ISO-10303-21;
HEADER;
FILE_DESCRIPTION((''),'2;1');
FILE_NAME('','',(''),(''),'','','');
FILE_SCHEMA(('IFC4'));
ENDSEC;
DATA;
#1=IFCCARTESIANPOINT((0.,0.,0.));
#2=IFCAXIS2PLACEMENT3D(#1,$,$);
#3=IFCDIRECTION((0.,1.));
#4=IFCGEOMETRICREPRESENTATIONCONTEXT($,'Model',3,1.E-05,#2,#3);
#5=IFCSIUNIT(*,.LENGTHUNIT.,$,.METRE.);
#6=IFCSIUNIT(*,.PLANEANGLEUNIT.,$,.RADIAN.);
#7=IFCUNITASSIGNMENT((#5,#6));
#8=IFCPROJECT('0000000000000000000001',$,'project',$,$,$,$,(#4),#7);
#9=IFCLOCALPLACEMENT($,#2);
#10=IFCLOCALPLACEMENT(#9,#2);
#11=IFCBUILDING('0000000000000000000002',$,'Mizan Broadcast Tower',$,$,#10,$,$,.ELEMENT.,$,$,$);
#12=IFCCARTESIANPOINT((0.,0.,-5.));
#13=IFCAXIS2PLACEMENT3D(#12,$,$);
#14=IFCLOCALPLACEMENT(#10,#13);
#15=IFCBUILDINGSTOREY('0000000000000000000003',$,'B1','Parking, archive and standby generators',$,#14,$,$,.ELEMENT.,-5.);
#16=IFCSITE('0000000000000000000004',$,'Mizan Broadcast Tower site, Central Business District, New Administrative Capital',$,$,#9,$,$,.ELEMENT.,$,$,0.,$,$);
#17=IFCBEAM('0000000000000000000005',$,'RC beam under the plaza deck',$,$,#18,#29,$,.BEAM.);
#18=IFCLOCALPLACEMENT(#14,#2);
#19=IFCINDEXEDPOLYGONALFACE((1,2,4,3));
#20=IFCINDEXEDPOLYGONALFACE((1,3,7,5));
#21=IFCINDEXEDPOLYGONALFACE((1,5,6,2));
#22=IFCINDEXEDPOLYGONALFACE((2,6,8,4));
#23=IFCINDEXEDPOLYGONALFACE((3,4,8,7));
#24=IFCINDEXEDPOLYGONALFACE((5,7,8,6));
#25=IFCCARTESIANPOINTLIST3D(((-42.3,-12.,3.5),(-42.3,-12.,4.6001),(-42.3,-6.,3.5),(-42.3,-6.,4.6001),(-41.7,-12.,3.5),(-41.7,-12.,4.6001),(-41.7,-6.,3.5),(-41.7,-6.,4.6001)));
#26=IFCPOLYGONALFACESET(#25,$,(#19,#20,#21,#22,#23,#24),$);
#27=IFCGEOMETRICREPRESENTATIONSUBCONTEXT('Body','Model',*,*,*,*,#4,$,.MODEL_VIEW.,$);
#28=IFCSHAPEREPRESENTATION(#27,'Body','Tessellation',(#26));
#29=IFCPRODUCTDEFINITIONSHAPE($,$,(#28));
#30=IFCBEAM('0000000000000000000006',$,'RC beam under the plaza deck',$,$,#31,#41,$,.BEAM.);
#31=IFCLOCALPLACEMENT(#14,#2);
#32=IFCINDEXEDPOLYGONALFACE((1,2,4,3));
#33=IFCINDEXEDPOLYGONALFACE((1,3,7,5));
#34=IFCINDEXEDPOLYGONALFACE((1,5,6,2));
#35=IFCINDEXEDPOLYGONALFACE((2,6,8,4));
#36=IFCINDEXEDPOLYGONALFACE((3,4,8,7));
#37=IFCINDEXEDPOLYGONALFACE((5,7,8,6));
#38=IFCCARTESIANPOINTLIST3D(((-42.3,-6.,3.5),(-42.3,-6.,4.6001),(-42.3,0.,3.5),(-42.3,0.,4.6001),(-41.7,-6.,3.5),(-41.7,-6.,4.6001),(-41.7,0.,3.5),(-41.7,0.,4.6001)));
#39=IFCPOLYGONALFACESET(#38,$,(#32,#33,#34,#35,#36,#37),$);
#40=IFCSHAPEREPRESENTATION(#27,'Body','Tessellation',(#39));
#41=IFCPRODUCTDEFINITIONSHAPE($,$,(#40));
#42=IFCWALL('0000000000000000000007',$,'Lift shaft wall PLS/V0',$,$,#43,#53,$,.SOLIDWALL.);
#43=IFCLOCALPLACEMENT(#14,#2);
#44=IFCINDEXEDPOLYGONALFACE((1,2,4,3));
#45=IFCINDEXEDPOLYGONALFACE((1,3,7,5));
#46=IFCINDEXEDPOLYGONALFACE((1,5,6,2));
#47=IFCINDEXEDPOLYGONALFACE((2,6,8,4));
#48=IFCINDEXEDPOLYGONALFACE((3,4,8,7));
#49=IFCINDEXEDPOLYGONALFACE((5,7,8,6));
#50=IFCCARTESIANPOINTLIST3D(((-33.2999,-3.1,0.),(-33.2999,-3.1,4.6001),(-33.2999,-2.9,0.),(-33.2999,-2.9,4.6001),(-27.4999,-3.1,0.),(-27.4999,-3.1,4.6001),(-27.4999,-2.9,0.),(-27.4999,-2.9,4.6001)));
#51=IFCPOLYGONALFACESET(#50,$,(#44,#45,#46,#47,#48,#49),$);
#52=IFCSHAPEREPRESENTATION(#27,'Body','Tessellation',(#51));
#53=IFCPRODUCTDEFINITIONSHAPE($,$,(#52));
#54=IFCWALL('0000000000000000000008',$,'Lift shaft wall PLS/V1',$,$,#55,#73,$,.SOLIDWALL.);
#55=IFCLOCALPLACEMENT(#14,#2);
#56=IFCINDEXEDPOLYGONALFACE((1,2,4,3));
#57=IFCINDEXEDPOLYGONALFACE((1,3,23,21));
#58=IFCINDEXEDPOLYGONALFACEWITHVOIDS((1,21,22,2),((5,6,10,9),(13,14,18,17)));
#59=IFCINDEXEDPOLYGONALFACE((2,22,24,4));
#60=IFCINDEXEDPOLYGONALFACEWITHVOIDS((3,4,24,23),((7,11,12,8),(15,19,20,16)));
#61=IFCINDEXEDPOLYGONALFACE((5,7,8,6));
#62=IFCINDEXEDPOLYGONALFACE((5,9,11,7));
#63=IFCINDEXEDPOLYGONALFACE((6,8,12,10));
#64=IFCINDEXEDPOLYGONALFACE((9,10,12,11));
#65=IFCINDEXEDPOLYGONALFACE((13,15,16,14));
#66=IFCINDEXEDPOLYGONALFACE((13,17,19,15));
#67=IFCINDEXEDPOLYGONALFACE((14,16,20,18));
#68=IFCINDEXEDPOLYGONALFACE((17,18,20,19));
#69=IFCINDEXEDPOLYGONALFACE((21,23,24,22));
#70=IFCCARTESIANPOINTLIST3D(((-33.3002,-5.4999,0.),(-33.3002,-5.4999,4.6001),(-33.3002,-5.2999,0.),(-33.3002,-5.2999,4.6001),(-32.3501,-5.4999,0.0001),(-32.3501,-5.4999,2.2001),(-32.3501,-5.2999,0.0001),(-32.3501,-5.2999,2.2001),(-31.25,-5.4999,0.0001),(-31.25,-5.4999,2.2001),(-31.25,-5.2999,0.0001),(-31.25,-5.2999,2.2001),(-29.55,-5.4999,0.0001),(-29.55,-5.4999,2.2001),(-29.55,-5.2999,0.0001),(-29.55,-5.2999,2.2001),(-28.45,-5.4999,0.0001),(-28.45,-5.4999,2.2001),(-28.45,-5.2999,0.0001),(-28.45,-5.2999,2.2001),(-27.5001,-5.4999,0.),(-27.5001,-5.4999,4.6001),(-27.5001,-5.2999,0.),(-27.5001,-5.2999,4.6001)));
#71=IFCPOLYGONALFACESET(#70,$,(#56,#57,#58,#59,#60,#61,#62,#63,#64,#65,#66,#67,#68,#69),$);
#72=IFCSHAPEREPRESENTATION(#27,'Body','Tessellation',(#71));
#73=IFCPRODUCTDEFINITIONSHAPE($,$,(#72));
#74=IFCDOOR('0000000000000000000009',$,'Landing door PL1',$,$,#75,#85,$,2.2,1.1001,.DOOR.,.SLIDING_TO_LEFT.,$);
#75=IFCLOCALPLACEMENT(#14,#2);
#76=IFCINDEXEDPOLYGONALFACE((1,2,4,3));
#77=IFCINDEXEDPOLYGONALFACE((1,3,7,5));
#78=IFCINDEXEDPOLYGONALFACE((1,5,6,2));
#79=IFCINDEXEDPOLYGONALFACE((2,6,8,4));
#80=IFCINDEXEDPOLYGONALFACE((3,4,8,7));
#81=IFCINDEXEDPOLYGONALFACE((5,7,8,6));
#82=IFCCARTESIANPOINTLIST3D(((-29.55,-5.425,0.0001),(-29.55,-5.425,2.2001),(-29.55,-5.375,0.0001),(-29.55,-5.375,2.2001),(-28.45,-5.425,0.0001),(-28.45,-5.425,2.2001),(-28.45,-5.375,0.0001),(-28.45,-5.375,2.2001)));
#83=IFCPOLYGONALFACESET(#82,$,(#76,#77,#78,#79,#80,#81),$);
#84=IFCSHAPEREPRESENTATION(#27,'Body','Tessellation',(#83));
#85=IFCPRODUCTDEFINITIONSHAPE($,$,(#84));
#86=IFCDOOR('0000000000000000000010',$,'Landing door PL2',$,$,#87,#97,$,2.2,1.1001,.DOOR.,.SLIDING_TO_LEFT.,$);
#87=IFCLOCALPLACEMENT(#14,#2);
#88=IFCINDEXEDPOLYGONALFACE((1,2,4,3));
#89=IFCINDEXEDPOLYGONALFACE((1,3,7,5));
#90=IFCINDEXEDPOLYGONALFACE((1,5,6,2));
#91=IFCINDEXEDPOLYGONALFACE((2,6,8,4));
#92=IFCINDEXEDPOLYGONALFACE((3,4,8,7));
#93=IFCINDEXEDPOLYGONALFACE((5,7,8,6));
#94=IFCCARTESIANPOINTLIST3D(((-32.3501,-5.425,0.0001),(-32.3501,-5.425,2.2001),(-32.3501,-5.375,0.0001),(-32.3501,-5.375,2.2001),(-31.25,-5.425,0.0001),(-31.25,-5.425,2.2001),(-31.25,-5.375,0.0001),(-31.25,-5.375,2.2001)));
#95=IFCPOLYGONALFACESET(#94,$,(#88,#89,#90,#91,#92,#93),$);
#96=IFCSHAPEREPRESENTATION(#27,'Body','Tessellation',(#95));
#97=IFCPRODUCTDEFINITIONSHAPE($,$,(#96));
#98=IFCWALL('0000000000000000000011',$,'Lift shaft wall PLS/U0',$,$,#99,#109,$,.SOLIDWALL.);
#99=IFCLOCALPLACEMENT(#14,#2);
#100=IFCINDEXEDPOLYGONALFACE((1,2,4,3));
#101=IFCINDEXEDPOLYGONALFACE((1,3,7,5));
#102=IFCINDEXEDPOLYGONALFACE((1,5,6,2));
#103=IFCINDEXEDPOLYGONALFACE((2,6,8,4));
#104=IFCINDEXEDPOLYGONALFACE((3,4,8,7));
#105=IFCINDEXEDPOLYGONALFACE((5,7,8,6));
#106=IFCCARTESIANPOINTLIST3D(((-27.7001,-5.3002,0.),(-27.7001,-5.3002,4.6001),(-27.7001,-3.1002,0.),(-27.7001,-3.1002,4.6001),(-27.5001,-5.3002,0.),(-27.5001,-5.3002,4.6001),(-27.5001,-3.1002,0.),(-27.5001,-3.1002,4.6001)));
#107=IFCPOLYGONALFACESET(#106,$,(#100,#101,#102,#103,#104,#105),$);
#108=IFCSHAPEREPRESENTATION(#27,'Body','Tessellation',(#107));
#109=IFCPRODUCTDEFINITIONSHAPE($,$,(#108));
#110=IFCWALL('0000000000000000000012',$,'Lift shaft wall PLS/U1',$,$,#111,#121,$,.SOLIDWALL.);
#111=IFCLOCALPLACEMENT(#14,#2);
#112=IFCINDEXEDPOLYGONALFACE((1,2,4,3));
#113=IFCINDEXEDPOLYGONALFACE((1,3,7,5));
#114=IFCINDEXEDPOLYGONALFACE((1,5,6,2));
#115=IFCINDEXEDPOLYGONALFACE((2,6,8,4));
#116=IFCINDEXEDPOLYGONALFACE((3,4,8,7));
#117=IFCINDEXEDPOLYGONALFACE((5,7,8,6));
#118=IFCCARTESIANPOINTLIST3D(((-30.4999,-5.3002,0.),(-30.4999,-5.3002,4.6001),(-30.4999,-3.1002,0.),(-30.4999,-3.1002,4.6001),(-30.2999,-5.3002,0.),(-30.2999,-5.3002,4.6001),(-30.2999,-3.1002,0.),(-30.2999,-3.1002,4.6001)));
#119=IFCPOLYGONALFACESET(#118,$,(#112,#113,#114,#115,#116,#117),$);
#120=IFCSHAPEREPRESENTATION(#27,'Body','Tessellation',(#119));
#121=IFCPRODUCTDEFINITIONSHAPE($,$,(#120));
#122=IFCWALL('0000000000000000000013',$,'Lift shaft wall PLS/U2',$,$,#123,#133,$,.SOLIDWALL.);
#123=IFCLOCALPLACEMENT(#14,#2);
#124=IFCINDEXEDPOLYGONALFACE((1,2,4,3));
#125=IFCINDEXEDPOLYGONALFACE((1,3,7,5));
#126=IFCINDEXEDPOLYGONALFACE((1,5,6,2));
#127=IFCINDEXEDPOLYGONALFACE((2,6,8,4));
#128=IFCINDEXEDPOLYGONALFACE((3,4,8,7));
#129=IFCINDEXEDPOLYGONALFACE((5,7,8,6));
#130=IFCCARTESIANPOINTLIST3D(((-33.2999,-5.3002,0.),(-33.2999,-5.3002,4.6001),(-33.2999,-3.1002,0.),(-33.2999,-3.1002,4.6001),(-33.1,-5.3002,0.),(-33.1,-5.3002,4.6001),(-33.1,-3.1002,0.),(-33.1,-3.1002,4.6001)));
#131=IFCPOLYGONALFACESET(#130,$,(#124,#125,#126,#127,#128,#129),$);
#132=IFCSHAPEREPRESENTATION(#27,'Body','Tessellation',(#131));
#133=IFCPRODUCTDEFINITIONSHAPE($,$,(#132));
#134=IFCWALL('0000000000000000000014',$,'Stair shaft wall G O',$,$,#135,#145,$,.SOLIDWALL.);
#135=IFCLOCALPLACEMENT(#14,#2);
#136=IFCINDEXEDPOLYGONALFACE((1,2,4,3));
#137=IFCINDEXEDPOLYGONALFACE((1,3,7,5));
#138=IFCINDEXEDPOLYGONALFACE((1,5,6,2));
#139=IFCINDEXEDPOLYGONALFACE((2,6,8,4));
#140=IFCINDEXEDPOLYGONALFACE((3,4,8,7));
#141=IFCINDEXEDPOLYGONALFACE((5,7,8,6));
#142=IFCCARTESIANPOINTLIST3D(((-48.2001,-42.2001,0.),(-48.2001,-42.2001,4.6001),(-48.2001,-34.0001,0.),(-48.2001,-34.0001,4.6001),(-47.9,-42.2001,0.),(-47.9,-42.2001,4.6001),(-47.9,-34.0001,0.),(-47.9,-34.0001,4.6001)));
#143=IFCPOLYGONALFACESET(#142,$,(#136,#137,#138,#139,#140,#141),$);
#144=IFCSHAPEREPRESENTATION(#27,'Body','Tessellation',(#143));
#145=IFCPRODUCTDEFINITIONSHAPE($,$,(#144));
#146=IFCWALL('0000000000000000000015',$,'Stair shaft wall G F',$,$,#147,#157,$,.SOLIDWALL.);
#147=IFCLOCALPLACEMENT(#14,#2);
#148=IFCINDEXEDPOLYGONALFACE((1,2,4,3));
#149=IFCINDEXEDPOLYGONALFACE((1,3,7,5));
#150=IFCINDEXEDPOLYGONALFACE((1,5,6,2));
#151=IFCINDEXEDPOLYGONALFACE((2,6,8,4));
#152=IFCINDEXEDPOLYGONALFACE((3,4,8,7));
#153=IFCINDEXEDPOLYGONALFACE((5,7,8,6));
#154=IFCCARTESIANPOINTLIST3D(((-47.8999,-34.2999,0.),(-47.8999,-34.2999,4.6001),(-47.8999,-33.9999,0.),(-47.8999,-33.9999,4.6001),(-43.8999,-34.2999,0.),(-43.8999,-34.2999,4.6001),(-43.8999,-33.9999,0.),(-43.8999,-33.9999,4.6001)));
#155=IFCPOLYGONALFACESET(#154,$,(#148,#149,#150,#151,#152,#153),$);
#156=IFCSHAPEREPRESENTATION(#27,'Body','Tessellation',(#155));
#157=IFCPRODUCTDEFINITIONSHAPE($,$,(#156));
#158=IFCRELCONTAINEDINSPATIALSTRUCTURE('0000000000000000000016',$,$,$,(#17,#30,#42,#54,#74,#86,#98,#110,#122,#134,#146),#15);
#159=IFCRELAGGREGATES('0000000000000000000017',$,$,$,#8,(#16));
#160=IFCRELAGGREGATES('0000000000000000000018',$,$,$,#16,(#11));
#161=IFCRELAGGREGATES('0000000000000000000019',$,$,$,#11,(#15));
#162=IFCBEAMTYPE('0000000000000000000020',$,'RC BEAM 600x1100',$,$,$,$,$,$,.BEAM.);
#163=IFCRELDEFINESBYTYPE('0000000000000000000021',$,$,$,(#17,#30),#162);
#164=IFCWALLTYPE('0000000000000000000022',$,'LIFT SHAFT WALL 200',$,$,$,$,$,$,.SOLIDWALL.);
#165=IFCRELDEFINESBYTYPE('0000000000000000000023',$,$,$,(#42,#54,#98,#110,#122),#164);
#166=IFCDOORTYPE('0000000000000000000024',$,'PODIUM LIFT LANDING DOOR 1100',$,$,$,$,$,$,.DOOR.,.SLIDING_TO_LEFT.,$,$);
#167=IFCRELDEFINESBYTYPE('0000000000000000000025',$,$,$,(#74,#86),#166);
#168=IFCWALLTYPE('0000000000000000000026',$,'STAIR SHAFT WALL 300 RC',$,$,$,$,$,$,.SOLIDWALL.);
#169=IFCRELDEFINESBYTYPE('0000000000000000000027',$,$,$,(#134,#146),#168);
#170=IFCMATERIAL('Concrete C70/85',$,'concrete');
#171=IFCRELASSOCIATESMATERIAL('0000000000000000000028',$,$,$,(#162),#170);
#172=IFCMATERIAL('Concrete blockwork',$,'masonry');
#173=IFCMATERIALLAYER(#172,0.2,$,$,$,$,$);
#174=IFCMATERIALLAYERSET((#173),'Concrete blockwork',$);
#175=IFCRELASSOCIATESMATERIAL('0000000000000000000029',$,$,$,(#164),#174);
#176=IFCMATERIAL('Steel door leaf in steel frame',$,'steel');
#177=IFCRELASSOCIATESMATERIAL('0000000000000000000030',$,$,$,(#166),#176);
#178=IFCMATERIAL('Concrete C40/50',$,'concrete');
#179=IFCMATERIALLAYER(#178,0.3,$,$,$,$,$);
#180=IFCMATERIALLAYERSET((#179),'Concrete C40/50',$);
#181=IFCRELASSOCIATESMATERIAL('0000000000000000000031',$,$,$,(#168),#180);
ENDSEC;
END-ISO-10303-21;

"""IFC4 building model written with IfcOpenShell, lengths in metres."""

from ifc_helpers import new_model, si_unit, direction, frame, frame_2d, origin, origin_2d, place, context, subcontext, project, spatial, rectangle, extrude, material, layer, layer_set, material_profile, profile_set, type_object, element, fill, save


model = new_model("IFC4")

# Units and contexts
model_context = context("Model", 3, precision=1e-05, world=origin(), true_north=direction((0.0, 1.0)))
body_context = subcontext(model_context, "Body", "Model", "MODEL_VIEW")
ifc_project = project(units=[si_unit("LENGTHUNIT", "METRE"), si_unit("PLANEANGLEUNIT", "RADIAN")], contexts=[model_context])

# Site, building, storey
site_placement = place(None, origin())
site = spatial("IfcSite", under=ifc_project, at=site_placement, Name="Mizan Broadcast Tower site, Central Business District, New Administrative Capital", CompositionType="ELEMENT", RefElevation=0.0)
building_placement = place(site_placement, origin())
building = spatial("IfcBuilding", under=site, at=building_placement, Name="Mizan Broadcast Tower", CompositionType="ELEMENT")
storey_placement = place(building_placement, frame((0.0, 0.0, -5.0)))
storey = spatial("IfcBuildingStorey", under=building, at=storey_placement, Name="B1", Description="Parking, archive and standby generators", CompositionType="ELEMENT", Elevation=-5.0)

# Beams
ifc_material_1 = material(Name="Concrete C70/85", Category="concrete")
ifc_material_profile_1 = material_profile(ifc_material_1, rectangle(XDim=0.6001, YDim=1.1001, at=origin_2d()), Name="RC 600x1100")
ifc_profile_set_1 = profile_set([ifc_material_profile_1], Name="Concrete C70/85")
beam_type_1 = type_object("IfcBeamType", Name="RC BEAM 600x1100", PredefinedType="BEAM", material=ifc_profile_set_1)
for number, where, z_axis, x_axis, name in (
    (1, (-42.0, -12.0, 4.05), (0.0, 1.0, 0.0), (-1.0, 0.0, 0.0), "RC beam under the plaza deck"),
    (2, (-42.0, -6.0, 4.05), (0.0, 1.0, 0.0), (-1.0, 0.0, 0.0), "RC beam under the plaza deck"),
):
    element("IfcBeam", number, at=place(storey_placement, frame(where, z_axis=z_axis, x_axis=x_axis)), inside=storey, type_object=beam_type_1, Name=name, PredefinedType="BEAM", context=body_context, shape_type="SweptSolid", body=[
        extrude(rectangle(XDim=0.6001, YDim=1.1001, at=origin_2d()), origin(), (0.0, 0.0, 1.0), 6.0),
    ])

# Wall
ifc_material_2 = material(Name="Concrete blockwork", Category="masonry")
ifc_layer_1 = layer(ifc_material_2, 0.2)
ifc_layer_set_1 = layer_set([ifc_layer_1], Name="Concrete blockwork")
wall_type_1 = type_object("IfcWallType", Name="LIFT SHAFT WALL 200", PredefinedType="SOLIDWALL", material=ifc_layer_set_1)
wall_1_placement = place(storey_placement, frame((-27.5, -3.0, 0.0), z_axis=(0.0, 0.0, 1.0), x_axis=(-1.0, 0.0, 0.0)))
element("IfcWall", 3, at=wall_1_placement, inside=storey, type_object=wall_type_1, Name="Lift shaft wall PLS/V0", PredefinedType="SOLIDWALL", context=body_context, shape_type="SweptSolid", body=[
    extrude(rectangle(XDim=5.8, YDim=0.2, at=frame_2d((2.8999, 0.0))), origin(), (0.0, 0.0, 1.0), 4.6001),
])

# Wall, openings, doors
wall_2_placement = place(storey_placement, frame((-33.3, -5.3999, 0.0), z_axis=(0.0, 0.0, 1.0), x_axis=(1.0, 0.0, 0.0)))
wall_2 = element("IfcWall", 4, at=wall_2_placement, inside=storey, type_object=wall_type_1, Name="Lift shaft wall PLS/V1", PredefinedType="SOLIDWALL", context=body_context, shape_type="SweptSolid", body=[
    extrude(rectangle(XDim=5.8, YDim=0.2, at=frame_2d((2.8999, 0.0))), origin(), (0.0, 0.0, 1.0), 4.6001),
])
opening_1_placement = place(wall_2_placement, frame((3.75, 0.0, 0.0)))
opening_1 = element("IfcOpeningElement", 5, at=opening_1_placement, cuts=wall_2, PredefinedType="OPENING", context=body_context, shape_type="SweptSolid", body=[
    extrude(rectangle(XDim=1.1001, YDim=2.2, at=frame_2d((0.55, 1.1001))), frame((0.0, 0.1099, 0.0), z_axis=(0.0, -1.0, 0.0), x_axis=(1.0, 0.0, 0.0)), (0.0, 0.0, 1.0), 0.22),
])
opening_2_placement = place(wall_2_placement, frame((0.95, 0.0, 0.0)))
opening_2 = element("IfcOpeningElement", 6, at=opening_2_placement, cuts=wall_2, PredefinedType="OPENING", context=body_context, shape_type="SweptSolid", body=[
    extrude(rectangle(XDim=1.1001, YDim=2.2, at=frame_2d((0.55, 1.1001))), frame((0.0, 0.1099, 0.0), z_axis=(0.0, -1.0, 0.0), x_axis=(1.0, 0.0, 0.0)), (0.0, 0.0, 1.0), 0.22),
])
ifc_material_3 = material(Name="Steel door leaf in steel frame", Category="steel")
door_type = type_object("IfcDoorType", Name="PODIUM LIFT LANDING DOOR 1100", OperationType="SLIDING_TO_LEFT", PredefinedType="DOOR", material=ifc_material_3)
door_1_placement = place(opening_1_placement, origin())
door_1 = element("IfcDoor", 7, at=door_1_placement, inside=storey, type_object=door_type, Name="Landing door PL1", OperationType="SLIDING_TO_LEFT", OverallHeight=2.2, OverallWidth=1.1001, PredefinedType="DOOR", context=body_context, shape_type="SweptSolid", body=[
    extrude(rectangle(XDim=1.1001, YDim=2.2, at=frame_2d((0.55, 1.1001))), frame((0.0, 0.0249, 0.0), z_axis=(0.0, -1.0, 0.0), x_axis=(1.0, 0.0, 0.0)), (0.0, 0.0, 1.0), 0.05),
])
fill(opening_1, door_1)
door_2_placement = place(opening_2_placement, origin())
door_2 = element("IfcDoor", 8, at=door_2_placement, inside=storey, type_object=door_type, Name="Landing door PL2", OperationType="SLIDING_TO_LEFT", OverallHeight=2.2, OverallWidth=1.1001, PredefinedType="DOOR", context=body_context, shape_type="SweptSolid", body=[
    extrude(rectangle(XDim=1.1001, YDim=2.2, at=frame_2d((0.55, 1.1001))), frame((0.0, 0.0249, 0.0), z_axis=(0.0, -1.0, 0.0), x_axis=(1.0, 0.0, 0.0)), (0.0, 0.0, 1.0), 0.05),
])
fill(opening_2, door_2)

# Walls
for number, where, z_axis, x_axis, name in (
    (9, (-27.6001, -3.1001, 0.0), (0.0, 0.0, 1.0), (0.0, -1.0, 0.0), "Lift shaft wall PLS/U0"),
    (10, (-30.3999, -3.1001, 0.0), (0.0, 0.0, 1.0), (0.0, -1.0, 0.0), "Lift shaft wall PLS/U1"),
    (11, (-33.2, -3.1001, 0.0), (0.0, 0.0, 1.0), (0.0, -1.0, 0.0), "Lift shaft wall PLS/U2"),
):
    element("IfcWall", number, at=place(storey_placement, frame(where, z_axis=z_axis, x_axis=x_axis)), inside=storey, type_object=wall_type_1, Name=name, PredefinedType="SOLIDWALL", context=body_context, shape_type="SweptSolid", body=[
        extrude(rectangle(XDim=2.2, YDim=0.2, at=frame_2d((1.1001, 0.0))), origin(), (0.0, 0.0, 1.0), 4.6001),
    ])
ifc_material_4 = material(Name="Concrete C40/50", Category="concrete")
ifc_layer_2 = layer(ifc_material_4, 0.3)
ifc_layer_set_2 = layer_set([ifc_layer_2], Name="Concrete C40/50")
wall_type_2 = type_object("IfcWallType", Name="STAIR SHAFT WALL 300 RC", PredefinedType="SOLIDWALL", material=ifc_layer_set_2)
wall_3_placement = place(storey_placement, frame((-48.05, -34.0, 0.0), z_axis=(0.0, 0.0, 1.0), x_axis=(0.0, -1.0, 0.0)))
element("IfcWall", 12, at=wall_3_placement, inside=storey, type_object=wall_type_2, Name="Stair shaft wall G O", PredefinedType="SOLIDWALL", context=body_context, shape_type="SweptSolid", body=[
    extrude(rectangle(XDim=8.2, YDim=0.3, at=frame_2d((4.1001, 0.0))), origin(), (0.0, 0.0, 1.0), 4.6001),
])
wall_4_placement = place(storey_placement, frame((-47.8999, -34.1499, 0.0), z_axis=(0.0, 0.0, 1.0), x_axis=(1.0, 0.0, 0.0)))
element("IfcWall", 13, at=wall_4_placement, inside=storey, type_object=wall_type_2, Name="Stair shaft wall G F", PredefinedType="SOLIDWALL", context=body_context, shape_type="SweptSolid", body=[
    extrude(rectangle(XDim=4.0, YDim=0.3, at=frame_2d((2.0, 0.0))), origin(), (0.0, 0.0, 1.0), 4.6001),
])

save(model, "model.ifc")
